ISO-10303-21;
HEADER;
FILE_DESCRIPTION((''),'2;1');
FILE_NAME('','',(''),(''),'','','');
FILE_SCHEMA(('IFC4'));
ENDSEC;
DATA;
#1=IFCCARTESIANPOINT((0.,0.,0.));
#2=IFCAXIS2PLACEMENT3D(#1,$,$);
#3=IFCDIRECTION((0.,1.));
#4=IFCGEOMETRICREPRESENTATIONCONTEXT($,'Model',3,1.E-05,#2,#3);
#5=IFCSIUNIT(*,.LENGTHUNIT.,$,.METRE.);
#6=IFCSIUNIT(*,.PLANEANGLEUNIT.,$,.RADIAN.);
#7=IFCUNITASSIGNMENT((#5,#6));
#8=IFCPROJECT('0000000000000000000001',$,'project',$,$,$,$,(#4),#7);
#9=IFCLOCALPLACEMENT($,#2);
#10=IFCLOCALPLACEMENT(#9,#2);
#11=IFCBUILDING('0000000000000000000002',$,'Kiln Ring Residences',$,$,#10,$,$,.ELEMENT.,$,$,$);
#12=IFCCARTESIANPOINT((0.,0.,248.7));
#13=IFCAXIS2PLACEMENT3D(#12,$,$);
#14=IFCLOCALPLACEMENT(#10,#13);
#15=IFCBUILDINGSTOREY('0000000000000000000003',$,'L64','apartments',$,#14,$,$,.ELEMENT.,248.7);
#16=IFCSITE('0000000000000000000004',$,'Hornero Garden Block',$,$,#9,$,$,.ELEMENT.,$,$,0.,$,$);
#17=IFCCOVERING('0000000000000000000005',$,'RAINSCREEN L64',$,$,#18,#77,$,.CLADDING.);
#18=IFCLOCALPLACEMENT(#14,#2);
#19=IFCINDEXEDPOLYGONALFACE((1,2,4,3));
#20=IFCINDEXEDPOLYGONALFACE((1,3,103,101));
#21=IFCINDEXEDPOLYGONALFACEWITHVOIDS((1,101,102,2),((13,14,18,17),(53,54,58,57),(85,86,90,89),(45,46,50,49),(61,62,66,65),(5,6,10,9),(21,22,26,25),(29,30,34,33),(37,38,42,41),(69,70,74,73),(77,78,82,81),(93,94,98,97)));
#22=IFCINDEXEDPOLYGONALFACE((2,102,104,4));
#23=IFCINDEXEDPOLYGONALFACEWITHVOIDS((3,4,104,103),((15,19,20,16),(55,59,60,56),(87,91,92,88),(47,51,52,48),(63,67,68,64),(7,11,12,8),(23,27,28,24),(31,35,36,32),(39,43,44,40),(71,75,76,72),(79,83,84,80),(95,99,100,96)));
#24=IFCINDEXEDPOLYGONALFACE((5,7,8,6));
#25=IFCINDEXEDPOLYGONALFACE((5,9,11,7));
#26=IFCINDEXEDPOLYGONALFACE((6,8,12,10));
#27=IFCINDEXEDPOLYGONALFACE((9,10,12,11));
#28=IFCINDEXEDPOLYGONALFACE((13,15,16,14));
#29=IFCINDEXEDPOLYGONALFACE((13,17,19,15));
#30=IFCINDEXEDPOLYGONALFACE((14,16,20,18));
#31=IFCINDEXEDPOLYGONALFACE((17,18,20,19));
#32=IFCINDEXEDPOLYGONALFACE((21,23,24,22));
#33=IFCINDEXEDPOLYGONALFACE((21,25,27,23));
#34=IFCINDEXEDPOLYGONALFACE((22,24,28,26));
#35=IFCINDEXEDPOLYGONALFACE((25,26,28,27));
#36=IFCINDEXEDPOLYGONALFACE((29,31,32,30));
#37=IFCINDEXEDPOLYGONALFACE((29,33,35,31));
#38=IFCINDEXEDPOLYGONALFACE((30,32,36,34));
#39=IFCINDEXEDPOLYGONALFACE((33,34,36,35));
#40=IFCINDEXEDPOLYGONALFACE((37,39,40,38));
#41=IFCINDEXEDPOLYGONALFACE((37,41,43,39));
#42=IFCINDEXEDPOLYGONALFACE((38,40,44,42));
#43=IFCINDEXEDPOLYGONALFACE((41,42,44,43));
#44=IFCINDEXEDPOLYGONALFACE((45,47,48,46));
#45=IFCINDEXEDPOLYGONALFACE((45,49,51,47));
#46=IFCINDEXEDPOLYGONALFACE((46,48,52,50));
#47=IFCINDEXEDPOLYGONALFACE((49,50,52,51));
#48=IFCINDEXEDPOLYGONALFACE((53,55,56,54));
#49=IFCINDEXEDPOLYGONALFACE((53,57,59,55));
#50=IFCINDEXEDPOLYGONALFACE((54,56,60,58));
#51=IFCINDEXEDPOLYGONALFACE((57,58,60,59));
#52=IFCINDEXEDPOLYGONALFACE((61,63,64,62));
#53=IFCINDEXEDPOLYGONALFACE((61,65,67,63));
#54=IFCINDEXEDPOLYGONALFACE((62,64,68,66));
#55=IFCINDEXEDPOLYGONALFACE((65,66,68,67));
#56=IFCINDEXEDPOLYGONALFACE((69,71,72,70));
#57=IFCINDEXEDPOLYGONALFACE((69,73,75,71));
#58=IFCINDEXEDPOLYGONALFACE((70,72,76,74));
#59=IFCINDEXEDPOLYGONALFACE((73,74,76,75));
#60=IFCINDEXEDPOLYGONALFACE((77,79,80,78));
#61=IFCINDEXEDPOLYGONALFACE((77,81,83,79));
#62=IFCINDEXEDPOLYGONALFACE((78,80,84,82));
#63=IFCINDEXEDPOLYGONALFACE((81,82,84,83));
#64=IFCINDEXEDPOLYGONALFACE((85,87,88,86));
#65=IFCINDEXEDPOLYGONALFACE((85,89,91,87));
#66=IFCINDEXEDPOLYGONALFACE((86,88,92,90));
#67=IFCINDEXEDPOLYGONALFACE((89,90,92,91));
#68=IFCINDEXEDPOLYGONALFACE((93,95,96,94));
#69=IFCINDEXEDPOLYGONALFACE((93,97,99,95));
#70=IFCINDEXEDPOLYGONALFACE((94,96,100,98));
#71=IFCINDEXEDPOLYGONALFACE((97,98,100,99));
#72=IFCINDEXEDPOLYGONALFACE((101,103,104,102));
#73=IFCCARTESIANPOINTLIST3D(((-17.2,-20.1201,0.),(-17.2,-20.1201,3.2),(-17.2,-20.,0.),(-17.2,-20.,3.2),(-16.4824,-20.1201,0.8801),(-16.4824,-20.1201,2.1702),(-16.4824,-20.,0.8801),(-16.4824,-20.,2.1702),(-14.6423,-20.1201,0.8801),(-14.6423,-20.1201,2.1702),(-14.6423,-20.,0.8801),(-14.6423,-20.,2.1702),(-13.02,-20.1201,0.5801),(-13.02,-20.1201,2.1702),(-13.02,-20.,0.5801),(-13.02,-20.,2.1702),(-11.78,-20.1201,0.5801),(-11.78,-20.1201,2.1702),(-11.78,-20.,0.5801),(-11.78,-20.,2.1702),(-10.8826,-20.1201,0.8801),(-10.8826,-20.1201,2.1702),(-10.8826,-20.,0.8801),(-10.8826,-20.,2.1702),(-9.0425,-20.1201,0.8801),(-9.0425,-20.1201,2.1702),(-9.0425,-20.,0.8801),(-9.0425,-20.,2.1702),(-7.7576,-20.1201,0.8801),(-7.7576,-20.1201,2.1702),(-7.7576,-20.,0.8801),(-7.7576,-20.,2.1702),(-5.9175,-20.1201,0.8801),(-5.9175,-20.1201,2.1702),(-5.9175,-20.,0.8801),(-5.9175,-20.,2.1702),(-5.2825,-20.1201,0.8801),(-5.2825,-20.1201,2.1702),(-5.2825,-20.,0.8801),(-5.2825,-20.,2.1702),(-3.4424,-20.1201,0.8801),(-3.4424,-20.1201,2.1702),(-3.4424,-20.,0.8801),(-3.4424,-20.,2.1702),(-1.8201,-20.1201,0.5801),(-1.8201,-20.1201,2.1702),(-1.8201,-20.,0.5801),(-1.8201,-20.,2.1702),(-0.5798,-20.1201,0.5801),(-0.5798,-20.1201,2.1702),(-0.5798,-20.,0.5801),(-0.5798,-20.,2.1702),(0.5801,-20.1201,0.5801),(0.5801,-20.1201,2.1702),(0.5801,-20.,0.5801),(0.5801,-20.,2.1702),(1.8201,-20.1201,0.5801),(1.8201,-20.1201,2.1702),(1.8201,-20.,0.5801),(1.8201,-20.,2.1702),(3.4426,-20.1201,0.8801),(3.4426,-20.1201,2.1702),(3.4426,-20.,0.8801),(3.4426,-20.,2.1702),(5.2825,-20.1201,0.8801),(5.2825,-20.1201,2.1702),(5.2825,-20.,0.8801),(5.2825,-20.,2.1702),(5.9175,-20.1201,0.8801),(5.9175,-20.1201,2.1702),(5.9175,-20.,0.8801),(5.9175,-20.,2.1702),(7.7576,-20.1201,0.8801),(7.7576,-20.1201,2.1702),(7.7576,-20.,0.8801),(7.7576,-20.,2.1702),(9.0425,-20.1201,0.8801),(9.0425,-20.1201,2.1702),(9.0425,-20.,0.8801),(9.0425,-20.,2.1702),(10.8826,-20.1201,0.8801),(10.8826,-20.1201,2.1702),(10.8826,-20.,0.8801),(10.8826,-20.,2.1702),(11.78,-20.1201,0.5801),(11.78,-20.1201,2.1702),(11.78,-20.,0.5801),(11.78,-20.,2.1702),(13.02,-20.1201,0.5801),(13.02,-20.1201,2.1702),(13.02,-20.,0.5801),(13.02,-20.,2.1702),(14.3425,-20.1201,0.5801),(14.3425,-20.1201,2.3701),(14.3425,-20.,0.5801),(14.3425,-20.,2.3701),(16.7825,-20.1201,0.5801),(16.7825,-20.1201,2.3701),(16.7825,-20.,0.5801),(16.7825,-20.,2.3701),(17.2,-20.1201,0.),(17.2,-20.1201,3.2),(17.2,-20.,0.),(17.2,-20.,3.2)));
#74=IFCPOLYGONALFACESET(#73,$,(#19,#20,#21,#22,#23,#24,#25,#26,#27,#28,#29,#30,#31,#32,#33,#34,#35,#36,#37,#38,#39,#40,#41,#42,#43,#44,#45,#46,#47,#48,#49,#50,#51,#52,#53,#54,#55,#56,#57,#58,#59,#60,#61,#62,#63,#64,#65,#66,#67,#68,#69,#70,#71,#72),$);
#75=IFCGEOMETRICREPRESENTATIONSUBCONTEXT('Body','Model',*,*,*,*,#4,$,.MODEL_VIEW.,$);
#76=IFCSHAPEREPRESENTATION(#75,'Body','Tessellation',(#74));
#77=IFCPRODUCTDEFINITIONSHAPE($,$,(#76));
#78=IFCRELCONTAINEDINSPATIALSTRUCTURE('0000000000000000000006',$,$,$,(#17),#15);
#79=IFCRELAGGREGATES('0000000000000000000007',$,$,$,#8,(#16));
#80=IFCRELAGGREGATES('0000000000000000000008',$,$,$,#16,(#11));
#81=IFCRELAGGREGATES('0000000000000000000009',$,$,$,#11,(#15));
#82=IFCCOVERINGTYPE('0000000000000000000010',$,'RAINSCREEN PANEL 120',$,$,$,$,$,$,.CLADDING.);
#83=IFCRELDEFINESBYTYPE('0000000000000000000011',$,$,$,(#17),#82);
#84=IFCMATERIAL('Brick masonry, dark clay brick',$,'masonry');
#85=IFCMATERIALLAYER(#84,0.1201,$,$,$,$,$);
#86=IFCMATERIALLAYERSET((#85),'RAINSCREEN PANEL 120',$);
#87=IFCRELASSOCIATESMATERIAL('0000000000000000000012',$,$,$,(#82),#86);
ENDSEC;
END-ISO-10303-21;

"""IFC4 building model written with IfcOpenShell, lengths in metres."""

from ifc_helpers import new_model, si_unit, direction, frame, origin, place, context, subcontext, project, spatial, polyline, outline, extrude, material, layer, layer_set, type_object, element, save


model = new_model("IFC4")

# Units and contexts
model_context = context("Model", 3, precision=1e-05, world=origin(), true_north=direction((0.0, 1.0)))
body_context = subcontext(model_context, "Body", "Model", "MODEL_VIEW")
ifc_project = project(units=[si_unit("LENGTHUNIT", "METRE"), si_unit("PLANEANGLEUNIT", "RADIAN")], contexts=[model_context])

# Site, building, storey
site_placement = place(None, origin())
site = spatial("IfcSite", under=ifc_project, at=site_placement, Name="Hornero Garden Block", CompositionType="ELEMENT", RefElevation=0.0)
building_placement = place(site_placement, origin())
building = spatial("IfcBuilding", under=site, at=building_placement, Name="Kiln Ring Residences", CompositionType="ELEMENT")
storey_placement = place(building_placement, frame((0.0, 0.0, 248.7)))
storey = spatial("IfcBuildingStorey", under=building, at=storey_placement, Name="L64", Description="apartments", CompositionType="ELEMENT", Elevation=248.7)

# Covering
ifc_material_1 = material(Name="Brick masonry, dark clay brick", Category="masonry")
ifc_layer_1 = layer(ifc_material_1, 0.1201)
ifc_layer_set_1 = layer_set([ifc_layer_1], Name="RAINSCREEN PANEL 120")
covering_type = type_object("IfcCoveringType", Name="RAINSCREEN PANEL 120", PredefinedType="CLADDING", material=ifc_layer_set_1)
covering_placement = place(storey_placement, frame((-17.2, -20.0601, 0.0), z_axis=(0.0, 0.0, 1.0), x_axis=(1.0, 0.0, 0.0)))
element("IfcCovering", 1, at=covering_placement, inside=storey, type_object=covering_type, Name="RAINSCREEN L64", PredefinedType="CLADDING", context=body_context, shape_type="SweptSolid", body=[
    extrude(outline(polyline([(0.0, 0.0), (34.3999, 0.0), (34.3999, 3.2), (0.0, 3.2), (0.0, 0.0)]), holes=[polyline([(4.1799, 0.5801), (5.4199, 0.5801), (5.4199, 2.1702), (4.1799, 2.1702), (4.1799, 0.5801)]), polyline([(15.3799, 2.1702), (15.3799, 0.5801), (16.6201, 0.5801), (16.6201, 2.1702), (15.3799, 2.1702)]), polyline([(0.7175, 2.1702), (0.7175, 0.8801), (2.5576, 0.8801), (2.5576, 2.1702), (0.7175, 2.1702)]), polyline([(6.3174, 0.8801), (8.1575, 0.8801), (8.1575, 2.1702), (6.3174, 2.1702), (6.3174, 0.8801)]), polyline([(9.4424, 2.1702), (9.4424, 0.8801), (11.2825, 0.8801), (11.2825, 2.1702), (9.4424, 2.1702)]), polyline([(11.9175, 2.1702), (11.9175, 0.8801), (13.7576, 0.8801), (13.7576, 2.1702), (11.9175, 2.1702)]), polyline([(17.78, 0.5801), (19.02, 0.5801), (19.02, 2.1702), (17.78, 2.1702), (17.78, 0.5801)]), polyline([(28.98, 2.1702), (28.98, 0.5801), (30.22, 0.5801), (30.22, 2.1702), (28.98, 2.1702)]), polyline([(31.5425, 2.3701), (31.5425, 0.5801), (33.9824, 0.5801), (33.9824, 2.3701), (31.5425, 2.3701)]), polyline([(20.6426, 0.8801), (22.4824, 0.8801), (22.4824, 2.1702), (20.6426, 2.1702), (20.6426, 0.8801)]), polyline([(23.1174, 2.1702), (23.1174, 0.8801), (24.9575, 0.8801), (24.9575, 2.1702), (23.1174, 2.1702)]), polyline([(26.2424, 2.1702), (26.2424, 0.8801), (28.0825, 0.8801), (28.0825, 2.1702), (26.2424, 2.1702)])]), frame((0.0, 0.0601, 0.0), z_axis=(0.0, -1.0, 0.0), x_axis=(1.0, 0.0, 0.0)), (0.0, 0.0, 1.0), 0.1201),
])

save(model, "model.ifc")
